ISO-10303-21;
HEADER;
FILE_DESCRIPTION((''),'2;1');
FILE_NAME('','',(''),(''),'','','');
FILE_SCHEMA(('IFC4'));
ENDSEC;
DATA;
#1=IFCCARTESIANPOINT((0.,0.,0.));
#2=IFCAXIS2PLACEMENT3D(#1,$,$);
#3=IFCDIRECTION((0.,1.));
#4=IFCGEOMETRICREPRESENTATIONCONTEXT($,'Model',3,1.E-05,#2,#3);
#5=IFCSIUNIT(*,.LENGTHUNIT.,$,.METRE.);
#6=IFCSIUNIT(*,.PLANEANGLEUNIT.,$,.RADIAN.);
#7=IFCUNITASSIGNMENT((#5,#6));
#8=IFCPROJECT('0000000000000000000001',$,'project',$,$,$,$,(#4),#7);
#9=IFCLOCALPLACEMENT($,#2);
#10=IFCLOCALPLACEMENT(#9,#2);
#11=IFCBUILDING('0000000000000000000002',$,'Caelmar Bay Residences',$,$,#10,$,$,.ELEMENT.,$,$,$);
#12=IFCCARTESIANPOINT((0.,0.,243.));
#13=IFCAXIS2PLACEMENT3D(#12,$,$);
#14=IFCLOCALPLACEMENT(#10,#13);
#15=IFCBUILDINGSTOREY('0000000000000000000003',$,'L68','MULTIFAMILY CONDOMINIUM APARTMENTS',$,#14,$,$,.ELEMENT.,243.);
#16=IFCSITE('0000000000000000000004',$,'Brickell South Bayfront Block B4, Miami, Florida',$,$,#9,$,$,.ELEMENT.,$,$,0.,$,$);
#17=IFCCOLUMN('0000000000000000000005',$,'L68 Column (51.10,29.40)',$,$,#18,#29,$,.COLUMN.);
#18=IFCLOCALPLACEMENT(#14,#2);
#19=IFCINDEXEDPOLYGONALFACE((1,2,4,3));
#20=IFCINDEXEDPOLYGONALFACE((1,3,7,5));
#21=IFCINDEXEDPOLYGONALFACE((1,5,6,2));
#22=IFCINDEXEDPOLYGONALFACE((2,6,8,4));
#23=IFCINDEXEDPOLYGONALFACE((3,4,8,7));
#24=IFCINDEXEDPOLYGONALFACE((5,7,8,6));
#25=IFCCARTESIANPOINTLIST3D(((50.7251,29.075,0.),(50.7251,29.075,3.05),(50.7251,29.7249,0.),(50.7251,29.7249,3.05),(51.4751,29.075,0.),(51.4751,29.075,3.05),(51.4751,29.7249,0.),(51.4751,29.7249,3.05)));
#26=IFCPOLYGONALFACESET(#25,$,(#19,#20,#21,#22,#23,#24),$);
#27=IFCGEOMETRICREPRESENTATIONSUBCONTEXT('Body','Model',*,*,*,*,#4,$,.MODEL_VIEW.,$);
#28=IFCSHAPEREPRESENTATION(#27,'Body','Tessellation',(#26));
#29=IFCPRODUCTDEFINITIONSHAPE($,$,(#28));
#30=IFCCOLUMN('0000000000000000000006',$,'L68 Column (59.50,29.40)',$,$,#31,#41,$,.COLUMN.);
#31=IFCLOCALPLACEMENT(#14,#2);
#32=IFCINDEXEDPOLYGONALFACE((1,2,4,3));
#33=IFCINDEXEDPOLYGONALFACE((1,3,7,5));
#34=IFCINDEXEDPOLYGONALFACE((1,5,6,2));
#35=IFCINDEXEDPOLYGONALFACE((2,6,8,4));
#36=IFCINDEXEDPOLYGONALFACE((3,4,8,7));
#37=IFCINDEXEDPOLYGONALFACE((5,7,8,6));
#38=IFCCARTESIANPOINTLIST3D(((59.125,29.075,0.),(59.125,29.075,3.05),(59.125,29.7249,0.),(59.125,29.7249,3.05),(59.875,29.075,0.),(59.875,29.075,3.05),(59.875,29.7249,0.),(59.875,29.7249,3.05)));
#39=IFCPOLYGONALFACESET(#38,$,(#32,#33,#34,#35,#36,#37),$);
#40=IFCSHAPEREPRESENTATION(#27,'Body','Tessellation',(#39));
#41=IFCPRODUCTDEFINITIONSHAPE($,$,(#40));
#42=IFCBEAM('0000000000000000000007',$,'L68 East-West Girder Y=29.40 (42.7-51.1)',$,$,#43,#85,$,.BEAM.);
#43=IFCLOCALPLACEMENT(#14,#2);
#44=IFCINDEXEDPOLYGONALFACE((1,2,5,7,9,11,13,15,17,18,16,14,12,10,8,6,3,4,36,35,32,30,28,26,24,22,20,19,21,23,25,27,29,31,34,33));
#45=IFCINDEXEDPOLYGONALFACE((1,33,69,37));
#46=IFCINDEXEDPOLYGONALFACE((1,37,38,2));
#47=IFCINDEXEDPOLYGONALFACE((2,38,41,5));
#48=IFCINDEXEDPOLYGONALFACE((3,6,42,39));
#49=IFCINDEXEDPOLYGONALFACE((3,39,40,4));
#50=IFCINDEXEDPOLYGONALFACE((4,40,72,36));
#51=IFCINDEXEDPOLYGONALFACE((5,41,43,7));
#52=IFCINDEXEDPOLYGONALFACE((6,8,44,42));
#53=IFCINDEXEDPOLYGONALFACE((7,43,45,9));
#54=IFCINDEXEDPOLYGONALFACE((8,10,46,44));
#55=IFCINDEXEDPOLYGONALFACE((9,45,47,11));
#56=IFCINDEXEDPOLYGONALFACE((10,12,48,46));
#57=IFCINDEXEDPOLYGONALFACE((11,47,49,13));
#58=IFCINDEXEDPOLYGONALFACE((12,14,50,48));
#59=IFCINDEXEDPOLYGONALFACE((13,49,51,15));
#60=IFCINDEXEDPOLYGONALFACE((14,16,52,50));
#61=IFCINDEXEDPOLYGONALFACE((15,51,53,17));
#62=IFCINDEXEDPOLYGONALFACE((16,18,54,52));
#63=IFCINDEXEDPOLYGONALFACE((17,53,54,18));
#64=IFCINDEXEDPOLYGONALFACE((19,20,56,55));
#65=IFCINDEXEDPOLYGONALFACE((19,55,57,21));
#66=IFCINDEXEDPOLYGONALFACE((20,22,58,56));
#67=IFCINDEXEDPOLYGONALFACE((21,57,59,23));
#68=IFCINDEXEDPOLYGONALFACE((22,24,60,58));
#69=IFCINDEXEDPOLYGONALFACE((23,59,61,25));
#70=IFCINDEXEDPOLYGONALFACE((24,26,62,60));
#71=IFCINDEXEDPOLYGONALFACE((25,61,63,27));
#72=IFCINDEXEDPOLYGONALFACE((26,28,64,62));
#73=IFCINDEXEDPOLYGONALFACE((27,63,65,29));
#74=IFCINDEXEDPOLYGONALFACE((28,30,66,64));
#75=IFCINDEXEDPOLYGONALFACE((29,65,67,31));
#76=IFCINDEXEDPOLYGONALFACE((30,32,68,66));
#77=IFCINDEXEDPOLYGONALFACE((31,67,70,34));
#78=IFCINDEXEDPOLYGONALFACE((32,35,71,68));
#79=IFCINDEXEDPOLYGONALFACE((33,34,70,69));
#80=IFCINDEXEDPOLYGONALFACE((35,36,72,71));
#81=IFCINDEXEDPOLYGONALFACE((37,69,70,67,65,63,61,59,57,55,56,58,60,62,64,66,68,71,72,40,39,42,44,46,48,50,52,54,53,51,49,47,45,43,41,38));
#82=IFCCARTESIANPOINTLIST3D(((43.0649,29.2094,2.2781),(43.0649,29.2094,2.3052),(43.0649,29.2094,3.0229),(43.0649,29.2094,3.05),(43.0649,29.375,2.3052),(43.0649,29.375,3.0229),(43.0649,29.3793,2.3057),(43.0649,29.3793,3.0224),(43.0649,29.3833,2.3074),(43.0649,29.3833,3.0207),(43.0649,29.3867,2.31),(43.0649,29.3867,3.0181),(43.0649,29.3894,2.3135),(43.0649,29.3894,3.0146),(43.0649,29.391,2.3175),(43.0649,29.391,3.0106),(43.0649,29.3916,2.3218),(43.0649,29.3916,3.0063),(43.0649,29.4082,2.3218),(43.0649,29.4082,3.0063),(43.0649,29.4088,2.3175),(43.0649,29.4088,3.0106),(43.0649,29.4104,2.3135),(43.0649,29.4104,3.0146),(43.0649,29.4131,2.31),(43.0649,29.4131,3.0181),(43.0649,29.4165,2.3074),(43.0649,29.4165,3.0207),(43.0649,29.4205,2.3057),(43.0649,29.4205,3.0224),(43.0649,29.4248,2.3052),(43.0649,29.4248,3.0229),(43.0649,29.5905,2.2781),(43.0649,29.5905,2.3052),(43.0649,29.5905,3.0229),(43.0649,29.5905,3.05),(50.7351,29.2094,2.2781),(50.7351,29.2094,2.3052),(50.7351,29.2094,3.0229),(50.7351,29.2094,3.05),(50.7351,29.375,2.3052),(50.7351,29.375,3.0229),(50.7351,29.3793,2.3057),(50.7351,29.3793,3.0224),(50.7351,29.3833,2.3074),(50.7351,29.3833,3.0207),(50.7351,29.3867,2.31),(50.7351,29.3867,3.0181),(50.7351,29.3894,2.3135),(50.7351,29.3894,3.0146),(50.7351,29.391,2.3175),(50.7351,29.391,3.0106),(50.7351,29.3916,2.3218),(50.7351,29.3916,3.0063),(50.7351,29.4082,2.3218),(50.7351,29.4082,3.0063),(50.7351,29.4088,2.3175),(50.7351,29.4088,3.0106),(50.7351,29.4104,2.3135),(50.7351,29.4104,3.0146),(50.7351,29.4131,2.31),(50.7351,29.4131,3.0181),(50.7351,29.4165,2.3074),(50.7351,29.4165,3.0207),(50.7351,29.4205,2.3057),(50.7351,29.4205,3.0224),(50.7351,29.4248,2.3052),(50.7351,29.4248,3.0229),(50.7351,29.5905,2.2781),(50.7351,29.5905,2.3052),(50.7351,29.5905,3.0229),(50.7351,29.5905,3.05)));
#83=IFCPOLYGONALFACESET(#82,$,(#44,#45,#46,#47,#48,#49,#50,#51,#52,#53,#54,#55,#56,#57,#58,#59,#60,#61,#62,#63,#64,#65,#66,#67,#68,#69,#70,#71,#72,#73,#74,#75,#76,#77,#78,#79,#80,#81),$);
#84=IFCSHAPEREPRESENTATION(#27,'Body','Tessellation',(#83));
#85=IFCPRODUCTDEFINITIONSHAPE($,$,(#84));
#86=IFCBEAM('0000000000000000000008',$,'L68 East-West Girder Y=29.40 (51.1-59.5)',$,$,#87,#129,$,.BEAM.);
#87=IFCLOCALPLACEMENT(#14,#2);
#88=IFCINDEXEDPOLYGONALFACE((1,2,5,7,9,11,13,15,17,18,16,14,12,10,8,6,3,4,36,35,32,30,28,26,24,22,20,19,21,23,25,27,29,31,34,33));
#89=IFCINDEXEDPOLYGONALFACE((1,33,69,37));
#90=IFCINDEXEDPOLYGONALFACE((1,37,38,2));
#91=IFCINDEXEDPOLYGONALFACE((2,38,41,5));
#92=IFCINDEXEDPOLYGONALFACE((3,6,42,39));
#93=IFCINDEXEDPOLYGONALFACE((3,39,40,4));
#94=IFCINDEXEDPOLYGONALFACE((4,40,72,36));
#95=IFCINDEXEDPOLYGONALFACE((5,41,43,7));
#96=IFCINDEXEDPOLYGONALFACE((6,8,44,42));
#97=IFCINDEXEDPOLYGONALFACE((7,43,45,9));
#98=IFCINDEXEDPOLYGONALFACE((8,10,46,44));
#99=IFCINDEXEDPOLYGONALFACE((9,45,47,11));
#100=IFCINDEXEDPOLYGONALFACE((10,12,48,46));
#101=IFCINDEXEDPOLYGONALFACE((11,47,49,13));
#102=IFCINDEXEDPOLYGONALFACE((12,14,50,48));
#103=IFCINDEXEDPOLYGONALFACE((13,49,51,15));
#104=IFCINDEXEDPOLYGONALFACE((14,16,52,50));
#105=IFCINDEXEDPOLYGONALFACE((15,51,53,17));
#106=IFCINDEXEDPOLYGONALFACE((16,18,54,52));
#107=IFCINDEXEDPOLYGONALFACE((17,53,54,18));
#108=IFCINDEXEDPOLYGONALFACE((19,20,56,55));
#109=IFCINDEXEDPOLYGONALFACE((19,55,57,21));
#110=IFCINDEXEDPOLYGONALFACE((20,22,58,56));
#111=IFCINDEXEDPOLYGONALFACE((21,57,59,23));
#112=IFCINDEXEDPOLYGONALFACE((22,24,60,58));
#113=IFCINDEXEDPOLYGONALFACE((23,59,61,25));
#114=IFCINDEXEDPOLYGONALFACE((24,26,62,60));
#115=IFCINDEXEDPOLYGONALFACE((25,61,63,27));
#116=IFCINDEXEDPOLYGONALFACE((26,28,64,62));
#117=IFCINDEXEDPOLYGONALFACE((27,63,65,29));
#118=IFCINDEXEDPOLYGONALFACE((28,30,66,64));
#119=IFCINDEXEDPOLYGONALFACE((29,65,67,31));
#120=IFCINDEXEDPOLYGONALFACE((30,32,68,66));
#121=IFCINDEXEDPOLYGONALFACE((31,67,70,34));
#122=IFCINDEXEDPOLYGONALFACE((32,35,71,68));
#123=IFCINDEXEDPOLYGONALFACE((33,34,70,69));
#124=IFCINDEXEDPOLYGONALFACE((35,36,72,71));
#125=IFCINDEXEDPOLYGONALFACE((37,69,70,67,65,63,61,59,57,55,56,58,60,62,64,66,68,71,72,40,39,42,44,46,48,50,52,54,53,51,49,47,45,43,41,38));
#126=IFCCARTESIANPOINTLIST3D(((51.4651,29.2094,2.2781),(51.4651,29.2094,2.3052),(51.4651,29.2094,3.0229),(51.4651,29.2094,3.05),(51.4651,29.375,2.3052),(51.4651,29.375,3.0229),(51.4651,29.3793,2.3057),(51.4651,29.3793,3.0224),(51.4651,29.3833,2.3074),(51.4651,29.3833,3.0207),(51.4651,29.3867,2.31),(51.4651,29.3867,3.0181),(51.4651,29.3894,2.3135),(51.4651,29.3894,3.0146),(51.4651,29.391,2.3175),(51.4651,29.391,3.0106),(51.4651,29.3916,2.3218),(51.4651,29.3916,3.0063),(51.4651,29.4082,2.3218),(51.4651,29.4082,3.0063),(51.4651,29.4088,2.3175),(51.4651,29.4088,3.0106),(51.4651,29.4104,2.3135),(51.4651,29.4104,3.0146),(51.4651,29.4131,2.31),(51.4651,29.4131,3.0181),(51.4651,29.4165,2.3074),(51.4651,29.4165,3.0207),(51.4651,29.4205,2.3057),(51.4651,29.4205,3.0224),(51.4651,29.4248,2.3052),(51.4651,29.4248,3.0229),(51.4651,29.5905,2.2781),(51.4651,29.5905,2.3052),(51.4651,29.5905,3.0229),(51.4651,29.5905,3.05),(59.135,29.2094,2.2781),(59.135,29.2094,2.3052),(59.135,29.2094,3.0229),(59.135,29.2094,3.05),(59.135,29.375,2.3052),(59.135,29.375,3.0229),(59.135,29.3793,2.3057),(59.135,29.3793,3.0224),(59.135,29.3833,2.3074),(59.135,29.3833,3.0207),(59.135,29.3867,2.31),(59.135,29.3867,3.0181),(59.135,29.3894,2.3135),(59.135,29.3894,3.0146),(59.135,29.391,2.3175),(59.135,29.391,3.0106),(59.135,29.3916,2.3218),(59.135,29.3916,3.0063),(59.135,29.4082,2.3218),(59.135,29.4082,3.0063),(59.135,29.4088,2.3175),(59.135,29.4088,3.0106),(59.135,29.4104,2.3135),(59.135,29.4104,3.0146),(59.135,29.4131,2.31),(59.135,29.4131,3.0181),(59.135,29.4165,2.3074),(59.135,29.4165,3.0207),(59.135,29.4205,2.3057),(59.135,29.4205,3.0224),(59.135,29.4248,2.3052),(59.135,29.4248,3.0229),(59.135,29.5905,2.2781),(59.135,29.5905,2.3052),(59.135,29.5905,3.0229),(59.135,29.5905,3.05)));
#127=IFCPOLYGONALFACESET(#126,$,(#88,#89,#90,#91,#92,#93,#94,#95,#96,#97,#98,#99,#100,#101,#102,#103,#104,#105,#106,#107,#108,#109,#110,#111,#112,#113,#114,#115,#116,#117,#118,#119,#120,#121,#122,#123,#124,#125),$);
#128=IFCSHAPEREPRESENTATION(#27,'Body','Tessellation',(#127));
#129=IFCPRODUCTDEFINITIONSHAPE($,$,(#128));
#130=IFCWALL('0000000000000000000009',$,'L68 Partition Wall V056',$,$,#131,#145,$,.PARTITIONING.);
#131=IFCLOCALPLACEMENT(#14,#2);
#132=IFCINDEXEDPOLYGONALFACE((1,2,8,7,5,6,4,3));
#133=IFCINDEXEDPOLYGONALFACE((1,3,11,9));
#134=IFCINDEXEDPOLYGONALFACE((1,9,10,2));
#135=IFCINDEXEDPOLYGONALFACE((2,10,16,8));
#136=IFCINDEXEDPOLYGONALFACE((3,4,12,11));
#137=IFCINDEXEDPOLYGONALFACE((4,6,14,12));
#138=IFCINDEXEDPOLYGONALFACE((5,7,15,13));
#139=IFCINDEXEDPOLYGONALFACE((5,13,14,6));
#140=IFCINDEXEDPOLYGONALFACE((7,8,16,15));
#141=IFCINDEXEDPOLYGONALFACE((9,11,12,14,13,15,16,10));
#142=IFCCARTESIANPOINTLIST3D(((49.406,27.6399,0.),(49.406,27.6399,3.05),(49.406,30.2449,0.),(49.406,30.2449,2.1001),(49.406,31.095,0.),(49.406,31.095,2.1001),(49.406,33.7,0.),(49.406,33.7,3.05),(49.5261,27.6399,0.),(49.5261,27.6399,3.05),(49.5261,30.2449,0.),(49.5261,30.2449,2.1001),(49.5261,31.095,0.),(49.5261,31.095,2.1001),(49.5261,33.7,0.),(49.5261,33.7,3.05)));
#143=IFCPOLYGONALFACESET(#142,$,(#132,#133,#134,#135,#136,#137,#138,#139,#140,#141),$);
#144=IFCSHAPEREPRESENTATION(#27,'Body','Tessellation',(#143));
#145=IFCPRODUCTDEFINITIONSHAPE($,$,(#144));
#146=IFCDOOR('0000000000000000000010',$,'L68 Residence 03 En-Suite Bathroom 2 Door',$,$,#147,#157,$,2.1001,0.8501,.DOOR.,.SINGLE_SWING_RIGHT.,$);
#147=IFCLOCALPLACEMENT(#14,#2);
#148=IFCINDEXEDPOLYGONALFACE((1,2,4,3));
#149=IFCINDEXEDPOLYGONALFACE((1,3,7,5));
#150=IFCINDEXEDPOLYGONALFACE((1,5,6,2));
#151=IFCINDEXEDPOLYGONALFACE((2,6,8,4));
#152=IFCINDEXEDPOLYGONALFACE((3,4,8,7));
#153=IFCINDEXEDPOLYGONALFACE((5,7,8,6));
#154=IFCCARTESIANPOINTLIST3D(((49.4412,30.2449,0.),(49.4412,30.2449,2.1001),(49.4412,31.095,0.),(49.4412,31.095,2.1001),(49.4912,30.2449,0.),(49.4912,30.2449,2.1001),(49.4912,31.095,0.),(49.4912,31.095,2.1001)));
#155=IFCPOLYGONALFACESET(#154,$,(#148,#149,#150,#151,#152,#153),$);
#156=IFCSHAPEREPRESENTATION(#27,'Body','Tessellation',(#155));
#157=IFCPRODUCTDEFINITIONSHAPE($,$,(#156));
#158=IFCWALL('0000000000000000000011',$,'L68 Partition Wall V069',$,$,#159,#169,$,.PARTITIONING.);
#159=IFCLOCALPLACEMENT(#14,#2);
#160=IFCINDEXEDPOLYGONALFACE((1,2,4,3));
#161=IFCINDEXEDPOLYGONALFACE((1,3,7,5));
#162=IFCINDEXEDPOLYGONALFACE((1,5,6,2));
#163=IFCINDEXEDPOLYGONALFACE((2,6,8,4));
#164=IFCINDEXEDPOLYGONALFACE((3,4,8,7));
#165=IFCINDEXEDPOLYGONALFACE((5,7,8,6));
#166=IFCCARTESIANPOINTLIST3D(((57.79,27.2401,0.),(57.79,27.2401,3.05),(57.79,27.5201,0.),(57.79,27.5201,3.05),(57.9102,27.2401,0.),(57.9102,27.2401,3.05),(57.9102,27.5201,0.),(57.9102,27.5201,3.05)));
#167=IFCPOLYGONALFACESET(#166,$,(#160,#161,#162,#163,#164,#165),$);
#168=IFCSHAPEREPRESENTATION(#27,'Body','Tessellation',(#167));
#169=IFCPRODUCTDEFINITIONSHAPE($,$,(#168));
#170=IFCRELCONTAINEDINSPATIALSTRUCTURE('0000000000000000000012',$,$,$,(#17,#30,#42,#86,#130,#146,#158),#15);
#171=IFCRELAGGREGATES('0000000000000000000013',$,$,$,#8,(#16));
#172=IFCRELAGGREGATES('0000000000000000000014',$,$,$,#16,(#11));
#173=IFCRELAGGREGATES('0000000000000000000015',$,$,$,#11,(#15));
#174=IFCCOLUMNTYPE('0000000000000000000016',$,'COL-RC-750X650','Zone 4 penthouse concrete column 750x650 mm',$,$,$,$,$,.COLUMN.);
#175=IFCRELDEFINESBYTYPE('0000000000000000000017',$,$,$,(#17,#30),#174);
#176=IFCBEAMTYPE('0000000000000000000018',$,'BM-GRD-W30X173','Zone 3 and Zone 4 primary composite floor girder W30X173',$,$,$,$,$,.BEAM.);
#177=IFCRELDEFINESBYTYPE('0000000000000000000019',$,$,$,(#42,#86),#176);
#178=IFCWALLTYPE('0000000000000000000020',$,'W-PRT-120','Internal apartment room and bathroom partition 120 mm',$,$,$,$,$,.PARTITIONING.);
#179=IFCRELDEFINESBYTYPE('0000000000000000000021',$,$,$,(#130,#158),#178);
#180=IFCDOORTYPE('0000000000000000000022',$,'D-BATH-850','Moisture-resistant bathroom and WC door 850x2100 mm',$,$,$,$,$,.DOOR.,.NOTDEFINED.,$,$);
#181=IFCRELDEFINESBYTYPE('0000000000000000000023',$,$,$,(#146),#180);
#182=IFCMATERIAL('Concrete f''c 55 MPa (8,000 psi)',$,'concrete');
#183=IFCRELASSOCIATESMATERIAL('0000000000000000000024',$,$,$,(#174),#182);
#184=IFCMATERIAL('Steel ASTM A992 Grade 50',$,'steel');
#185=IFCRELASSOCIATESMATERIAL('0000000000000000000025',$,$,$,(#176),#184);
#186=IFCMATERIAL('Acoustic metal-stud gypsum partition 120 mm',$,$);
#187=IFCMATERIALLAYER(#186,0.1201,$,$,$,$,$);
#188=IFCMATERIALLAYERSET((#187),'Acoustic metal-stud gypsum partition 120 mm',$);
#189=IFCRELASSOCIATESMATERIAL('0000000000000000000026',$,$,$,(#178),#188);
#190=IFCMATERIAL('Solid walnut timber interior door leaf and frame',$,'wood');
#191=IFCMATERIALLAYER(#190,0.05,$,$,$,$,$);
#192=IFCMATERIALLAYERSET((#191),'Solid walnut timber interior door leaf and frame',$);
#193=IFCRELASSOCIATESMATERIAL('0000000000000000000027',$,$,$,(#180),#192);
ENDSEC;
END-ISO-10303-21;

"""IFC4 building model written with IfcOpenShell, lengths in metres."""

from ifc_helpers import new_model, si_unit, direction, frame, frame_2d, origin, origin_2d, place, context, subcontext, project, spatial, rectangle, i_section, extrude, material, layer, layer_set, material_profile, profile_set, type_object, element, fill, save


model = new_model("IFC4")

# Units and contexts
model_context = context("Model", 3, precision=1e-05, world=origin(), true_north=direction((0.0, 1.0)))
body_context = subcontext(model_context, "Body", "Model", "MODEL_VIEW")
ifc_project = project(units=[si_unit("LENGTHUNIT", "METRE"), si_unit("PLANEANGLEUNIT", "RADIAN")], contexts=[model_context])

# Site, building, storey
site_placement = place(None, origin())
site = spatial("IfcSite", under=ifc_project, at=site_placement, Name="Brickell South Bayfront Block B4, Miami, Florida", CompositionType="ELEMENT", RefElevation=0.0)
building_placement = place(site_placement, origin())
building = spatial("IfcBuilding", under=site, at=building_placement, Name="Caelmar Bay Residences", CompositionType="ELEMENT")
storey_placement = place(building_placement, frame((0.0, 0.0, 243.0)))
storey = spatial("IfcBuildingStorey", under=building, at=storey_placement, Name="L68", Description="MULTIFAMILY CONDOMINIUM APARTMENTS", CompositionType="ELEMENT", Elevation=243.0)

# Columns
ifc_material_1 = material(Name="Concrete f'c 55 MPa (8,000 psi)", Category="concrete")
ifc_material_profile_1 = material_profile(ifc_material_1, rectangle(XDim=0.75, YDim=0.6499, at=origin_2d()), Name="RC-COL-750X650")
ifc_profile_set_1 = profile_set([ifc_material_profile_1], Name="Concrete f'c 55 MPa (8,000 psi)")
column_type = type_object("IfcColumnType", Name="COL-RC-750X650", Description="Zone 4 penthouse concrete column 750x650 mm", PredefinedType="COLUMN", material=ifc_profile_set_1)
for number, where, z_axis, x_axis, name in (
    (1, (51.1001, 29.3999, 0.0), (0.0, 0.0, 1.0), (1.0, 0.0, 0.0), "L68 Column (51.10,29.40)"),
    (2, (59.5, 29.3999, 0.0), (0.0, 0.0, 1.0), (1.0, 0.0, 0.0), "L68 Column (59.50,29.40)"),
):
    element("IfcColumn", number, at=place(storey_placement, frame(where, z_axis=z_axis, x_axis=x_axis)), inside=storey, type_object=column_type, Name=name, PredefinedType="COLUMN", context=body_context, shape_type="SweptSolid", body=[
        extrude(rectangle(XDim=0.75, YDim=0.6499, at=origin_2d()), origin(), (0.0, 0.0, 1.0), 3.05),
    ])

# Beams
ifc_material_2 = material(Name="Steel ASTM A992 Grade 50", Category="steel")
ifc_material_profile_2 = material_profile(ifc_material_2, i_section(OverallWidth=0.3811, OverallDepth=0.772, WebThickness=0.0166, FlangeThickness=0.0271, FilletRadius=0.0166, at=origin_2d()), Name="W30X173")
ifc_profile_set_2 = profile_set([ifc_material_profile_2], Name="Steel ASTM A992 Grade 50")
beam_type = type_object("IfcBeamType", Name="BM-GRD-W30X173", Description="Zone 3 and Zone 4 primary composite floor girder W30X173", PredefinedType="BEAM", material=ifc_profile_set_2)
beam_1_placement = place(storey_placement, frame((43.0649, 29.3999, 2.6641), z_axis=(1.0, 0.0, 0.0), x_axis=(0.0, 1.0, 0.0)))
element("IfcBeam", 3, at=beam_1_placement, inside=storey, type_object=beam_type, Name="L68 East-West Girder Y=29.40 (42.7-51.1)", PredefinedType="BEAM", context=body_context, shape_type="SweptSolid", body=[
    extrude(i_section(OverallWidth=0.3811, OverallDepth=0.772, WebThickness=0.0166, FlangeThickness=0.0271, FilletRadius=0.0166, at=origin_2d()), origin(), (0.0, 0.0, 1.0), 7.6702),
])
beam_2_placement = place(storey_placement, frame((51.4651, 29.3999, 2.6641), z_axis=(1.0, 0.0, 0.0), x_axis=(0.0, 1.0, 0.0)))
element("IfcBeam", 4, at=beam_2_placement, inside=storey, type_object=beam_type, Name="L68 East-West Girder Y=29.40 (51.1-59.5)", PredefinedType="BEAM", context=body_context, shape_type="SweptSolid", body=[
    extrude(i_section(OverallWidth=0.3811, OverallDepth=0.772, WebThickness=0.0166, FlangeThickness=0.0271, FilletRadius=0.0166, at=origin_2d()), origin(), (0.0, 0.0, 1.0), 7.6699),
])

# Wall, opening, door
ifc_material_3 = material(Name="Acoustic metal-stud gypsum partition 120 mm")
ifc_layer_1 = layer(ifc_material_3, 0.1201)
ifc_layer_set_1 = layer_set([ifc_layer_1], Name="Acoustic metal-stud gypsum partition 120 mm")
wall_type_1 = type_object("IfcWallType", Name="W-PRT-120", Description="Internal apartment room and bathroom partition 120 mm", PredefinedType="PARTITIONING", material=ifc_layer_set_1)
wall_1_placement = place(storey_placement, frame((49.4661, 27.6399, 0.0), z_axis=(0.0, 0.0, 1.0), x_axis=(0.0, 1.0, 0.0)))
wall_1 = element("IfcWall", 5, at=wall_1_placement, inside=storey, type_object=wall_type_1, Name="L68 Partition Wall V056", PredefinedType="PARTITIONING", context=body_context, shape_type="SweptSolid", body=[
    extrude(rectangle(XDim=6.0601, YDim=0.1201, at=frame_2d((3.03, 0.0))), origin(), (0.0, 0.0, 1.0), 3.05),
])
opening_1_placement = place(wall_1_placement, frame((2.605, 0.0, 0.0)))
opening_1 = element("IfcOpeningElement", 6, at=opening_1_placement, cuts=wall_1, PredefinedType="OPENING", context=body_context, shape_type="SweptSolid", body=[
    extrude(rectangle(XDim=0.8501, YDim=2.1001, at=frame_2d((0.425, 1.05))), frame((0.0, 0.0701, 0.0), z_axis=(0.0, -1.0, 0.0), x_axis=(1.0, 0.0, 0.0)), (0.0, 0.0, 1.0), 0.1401),
])
ifc_material_4 = material(Name="Solid walnut timber interior door leaf and frame", Category="wood")
ifc_layer_2 = layer(ifc_material_4, 0.05)
ifc_layer_set_2 = layer_set([ifc_layer_2], Name="Solid walnut timber interior door leaf and frame")
door_type_1 = type_object("IfcDoorType", Name="D-BATH-850", Description="Moisture-resistant bathroom and WC door 850x2100 mm", OperationType="NOTDEFINED", PredefinedType="DOOR", material=ifc_layer_set_2)
door_1_placement = place(opening_1_placement, origin())
door_1 = element("IfcDoor", 7, at=door_1_placement, inside=storey, type_object=door_type_1, Name="L68 Residence 03 En-Suite Bathroom 2 Door", OperationType="SINGLE_SWING_RIGHT", OverallHeight=2.1001, OverallWidth=0.8501, PredefinedType="DOOR", context=body_context, shape_type="SweptSolid", body=[
    extrude(rectangle(XDim=0.8501, YDim=2.1001, at=frame_2d((0.425, 1.05))), frame((0.0, 0.0249, 0.0), z_axis=(0.0, -1.0, 0.0), x_axis=(1.0, 0.0, 0.0)), (0.0, 0.0, 1.0), 0.05),
])
fill(opening_1, door_1)

# Wall
wall_2_placement = place(storey_placement, frame((57.8501, 27.24, 0.0), z_axis=(0.0, 0.0, 1.0), x_axis=(0.0, 1.0, 0.0)))
element("IfcWall", 8, at=wall_2_placement, inside=storey, type_object=wall_type_1, Name="L68 Partition Wall V069", PredefinedType="PARTITIONING", context=body_context, shape_type="SweptSolid", body=[
    extrude(rectangle(XDim=0.28, YDim=0.1201, at=frame_2d((0.1401, 0.0))), origin(), (0.0, 0.0, 1.0), 3.05),
])

save(model, "model.ifc")
